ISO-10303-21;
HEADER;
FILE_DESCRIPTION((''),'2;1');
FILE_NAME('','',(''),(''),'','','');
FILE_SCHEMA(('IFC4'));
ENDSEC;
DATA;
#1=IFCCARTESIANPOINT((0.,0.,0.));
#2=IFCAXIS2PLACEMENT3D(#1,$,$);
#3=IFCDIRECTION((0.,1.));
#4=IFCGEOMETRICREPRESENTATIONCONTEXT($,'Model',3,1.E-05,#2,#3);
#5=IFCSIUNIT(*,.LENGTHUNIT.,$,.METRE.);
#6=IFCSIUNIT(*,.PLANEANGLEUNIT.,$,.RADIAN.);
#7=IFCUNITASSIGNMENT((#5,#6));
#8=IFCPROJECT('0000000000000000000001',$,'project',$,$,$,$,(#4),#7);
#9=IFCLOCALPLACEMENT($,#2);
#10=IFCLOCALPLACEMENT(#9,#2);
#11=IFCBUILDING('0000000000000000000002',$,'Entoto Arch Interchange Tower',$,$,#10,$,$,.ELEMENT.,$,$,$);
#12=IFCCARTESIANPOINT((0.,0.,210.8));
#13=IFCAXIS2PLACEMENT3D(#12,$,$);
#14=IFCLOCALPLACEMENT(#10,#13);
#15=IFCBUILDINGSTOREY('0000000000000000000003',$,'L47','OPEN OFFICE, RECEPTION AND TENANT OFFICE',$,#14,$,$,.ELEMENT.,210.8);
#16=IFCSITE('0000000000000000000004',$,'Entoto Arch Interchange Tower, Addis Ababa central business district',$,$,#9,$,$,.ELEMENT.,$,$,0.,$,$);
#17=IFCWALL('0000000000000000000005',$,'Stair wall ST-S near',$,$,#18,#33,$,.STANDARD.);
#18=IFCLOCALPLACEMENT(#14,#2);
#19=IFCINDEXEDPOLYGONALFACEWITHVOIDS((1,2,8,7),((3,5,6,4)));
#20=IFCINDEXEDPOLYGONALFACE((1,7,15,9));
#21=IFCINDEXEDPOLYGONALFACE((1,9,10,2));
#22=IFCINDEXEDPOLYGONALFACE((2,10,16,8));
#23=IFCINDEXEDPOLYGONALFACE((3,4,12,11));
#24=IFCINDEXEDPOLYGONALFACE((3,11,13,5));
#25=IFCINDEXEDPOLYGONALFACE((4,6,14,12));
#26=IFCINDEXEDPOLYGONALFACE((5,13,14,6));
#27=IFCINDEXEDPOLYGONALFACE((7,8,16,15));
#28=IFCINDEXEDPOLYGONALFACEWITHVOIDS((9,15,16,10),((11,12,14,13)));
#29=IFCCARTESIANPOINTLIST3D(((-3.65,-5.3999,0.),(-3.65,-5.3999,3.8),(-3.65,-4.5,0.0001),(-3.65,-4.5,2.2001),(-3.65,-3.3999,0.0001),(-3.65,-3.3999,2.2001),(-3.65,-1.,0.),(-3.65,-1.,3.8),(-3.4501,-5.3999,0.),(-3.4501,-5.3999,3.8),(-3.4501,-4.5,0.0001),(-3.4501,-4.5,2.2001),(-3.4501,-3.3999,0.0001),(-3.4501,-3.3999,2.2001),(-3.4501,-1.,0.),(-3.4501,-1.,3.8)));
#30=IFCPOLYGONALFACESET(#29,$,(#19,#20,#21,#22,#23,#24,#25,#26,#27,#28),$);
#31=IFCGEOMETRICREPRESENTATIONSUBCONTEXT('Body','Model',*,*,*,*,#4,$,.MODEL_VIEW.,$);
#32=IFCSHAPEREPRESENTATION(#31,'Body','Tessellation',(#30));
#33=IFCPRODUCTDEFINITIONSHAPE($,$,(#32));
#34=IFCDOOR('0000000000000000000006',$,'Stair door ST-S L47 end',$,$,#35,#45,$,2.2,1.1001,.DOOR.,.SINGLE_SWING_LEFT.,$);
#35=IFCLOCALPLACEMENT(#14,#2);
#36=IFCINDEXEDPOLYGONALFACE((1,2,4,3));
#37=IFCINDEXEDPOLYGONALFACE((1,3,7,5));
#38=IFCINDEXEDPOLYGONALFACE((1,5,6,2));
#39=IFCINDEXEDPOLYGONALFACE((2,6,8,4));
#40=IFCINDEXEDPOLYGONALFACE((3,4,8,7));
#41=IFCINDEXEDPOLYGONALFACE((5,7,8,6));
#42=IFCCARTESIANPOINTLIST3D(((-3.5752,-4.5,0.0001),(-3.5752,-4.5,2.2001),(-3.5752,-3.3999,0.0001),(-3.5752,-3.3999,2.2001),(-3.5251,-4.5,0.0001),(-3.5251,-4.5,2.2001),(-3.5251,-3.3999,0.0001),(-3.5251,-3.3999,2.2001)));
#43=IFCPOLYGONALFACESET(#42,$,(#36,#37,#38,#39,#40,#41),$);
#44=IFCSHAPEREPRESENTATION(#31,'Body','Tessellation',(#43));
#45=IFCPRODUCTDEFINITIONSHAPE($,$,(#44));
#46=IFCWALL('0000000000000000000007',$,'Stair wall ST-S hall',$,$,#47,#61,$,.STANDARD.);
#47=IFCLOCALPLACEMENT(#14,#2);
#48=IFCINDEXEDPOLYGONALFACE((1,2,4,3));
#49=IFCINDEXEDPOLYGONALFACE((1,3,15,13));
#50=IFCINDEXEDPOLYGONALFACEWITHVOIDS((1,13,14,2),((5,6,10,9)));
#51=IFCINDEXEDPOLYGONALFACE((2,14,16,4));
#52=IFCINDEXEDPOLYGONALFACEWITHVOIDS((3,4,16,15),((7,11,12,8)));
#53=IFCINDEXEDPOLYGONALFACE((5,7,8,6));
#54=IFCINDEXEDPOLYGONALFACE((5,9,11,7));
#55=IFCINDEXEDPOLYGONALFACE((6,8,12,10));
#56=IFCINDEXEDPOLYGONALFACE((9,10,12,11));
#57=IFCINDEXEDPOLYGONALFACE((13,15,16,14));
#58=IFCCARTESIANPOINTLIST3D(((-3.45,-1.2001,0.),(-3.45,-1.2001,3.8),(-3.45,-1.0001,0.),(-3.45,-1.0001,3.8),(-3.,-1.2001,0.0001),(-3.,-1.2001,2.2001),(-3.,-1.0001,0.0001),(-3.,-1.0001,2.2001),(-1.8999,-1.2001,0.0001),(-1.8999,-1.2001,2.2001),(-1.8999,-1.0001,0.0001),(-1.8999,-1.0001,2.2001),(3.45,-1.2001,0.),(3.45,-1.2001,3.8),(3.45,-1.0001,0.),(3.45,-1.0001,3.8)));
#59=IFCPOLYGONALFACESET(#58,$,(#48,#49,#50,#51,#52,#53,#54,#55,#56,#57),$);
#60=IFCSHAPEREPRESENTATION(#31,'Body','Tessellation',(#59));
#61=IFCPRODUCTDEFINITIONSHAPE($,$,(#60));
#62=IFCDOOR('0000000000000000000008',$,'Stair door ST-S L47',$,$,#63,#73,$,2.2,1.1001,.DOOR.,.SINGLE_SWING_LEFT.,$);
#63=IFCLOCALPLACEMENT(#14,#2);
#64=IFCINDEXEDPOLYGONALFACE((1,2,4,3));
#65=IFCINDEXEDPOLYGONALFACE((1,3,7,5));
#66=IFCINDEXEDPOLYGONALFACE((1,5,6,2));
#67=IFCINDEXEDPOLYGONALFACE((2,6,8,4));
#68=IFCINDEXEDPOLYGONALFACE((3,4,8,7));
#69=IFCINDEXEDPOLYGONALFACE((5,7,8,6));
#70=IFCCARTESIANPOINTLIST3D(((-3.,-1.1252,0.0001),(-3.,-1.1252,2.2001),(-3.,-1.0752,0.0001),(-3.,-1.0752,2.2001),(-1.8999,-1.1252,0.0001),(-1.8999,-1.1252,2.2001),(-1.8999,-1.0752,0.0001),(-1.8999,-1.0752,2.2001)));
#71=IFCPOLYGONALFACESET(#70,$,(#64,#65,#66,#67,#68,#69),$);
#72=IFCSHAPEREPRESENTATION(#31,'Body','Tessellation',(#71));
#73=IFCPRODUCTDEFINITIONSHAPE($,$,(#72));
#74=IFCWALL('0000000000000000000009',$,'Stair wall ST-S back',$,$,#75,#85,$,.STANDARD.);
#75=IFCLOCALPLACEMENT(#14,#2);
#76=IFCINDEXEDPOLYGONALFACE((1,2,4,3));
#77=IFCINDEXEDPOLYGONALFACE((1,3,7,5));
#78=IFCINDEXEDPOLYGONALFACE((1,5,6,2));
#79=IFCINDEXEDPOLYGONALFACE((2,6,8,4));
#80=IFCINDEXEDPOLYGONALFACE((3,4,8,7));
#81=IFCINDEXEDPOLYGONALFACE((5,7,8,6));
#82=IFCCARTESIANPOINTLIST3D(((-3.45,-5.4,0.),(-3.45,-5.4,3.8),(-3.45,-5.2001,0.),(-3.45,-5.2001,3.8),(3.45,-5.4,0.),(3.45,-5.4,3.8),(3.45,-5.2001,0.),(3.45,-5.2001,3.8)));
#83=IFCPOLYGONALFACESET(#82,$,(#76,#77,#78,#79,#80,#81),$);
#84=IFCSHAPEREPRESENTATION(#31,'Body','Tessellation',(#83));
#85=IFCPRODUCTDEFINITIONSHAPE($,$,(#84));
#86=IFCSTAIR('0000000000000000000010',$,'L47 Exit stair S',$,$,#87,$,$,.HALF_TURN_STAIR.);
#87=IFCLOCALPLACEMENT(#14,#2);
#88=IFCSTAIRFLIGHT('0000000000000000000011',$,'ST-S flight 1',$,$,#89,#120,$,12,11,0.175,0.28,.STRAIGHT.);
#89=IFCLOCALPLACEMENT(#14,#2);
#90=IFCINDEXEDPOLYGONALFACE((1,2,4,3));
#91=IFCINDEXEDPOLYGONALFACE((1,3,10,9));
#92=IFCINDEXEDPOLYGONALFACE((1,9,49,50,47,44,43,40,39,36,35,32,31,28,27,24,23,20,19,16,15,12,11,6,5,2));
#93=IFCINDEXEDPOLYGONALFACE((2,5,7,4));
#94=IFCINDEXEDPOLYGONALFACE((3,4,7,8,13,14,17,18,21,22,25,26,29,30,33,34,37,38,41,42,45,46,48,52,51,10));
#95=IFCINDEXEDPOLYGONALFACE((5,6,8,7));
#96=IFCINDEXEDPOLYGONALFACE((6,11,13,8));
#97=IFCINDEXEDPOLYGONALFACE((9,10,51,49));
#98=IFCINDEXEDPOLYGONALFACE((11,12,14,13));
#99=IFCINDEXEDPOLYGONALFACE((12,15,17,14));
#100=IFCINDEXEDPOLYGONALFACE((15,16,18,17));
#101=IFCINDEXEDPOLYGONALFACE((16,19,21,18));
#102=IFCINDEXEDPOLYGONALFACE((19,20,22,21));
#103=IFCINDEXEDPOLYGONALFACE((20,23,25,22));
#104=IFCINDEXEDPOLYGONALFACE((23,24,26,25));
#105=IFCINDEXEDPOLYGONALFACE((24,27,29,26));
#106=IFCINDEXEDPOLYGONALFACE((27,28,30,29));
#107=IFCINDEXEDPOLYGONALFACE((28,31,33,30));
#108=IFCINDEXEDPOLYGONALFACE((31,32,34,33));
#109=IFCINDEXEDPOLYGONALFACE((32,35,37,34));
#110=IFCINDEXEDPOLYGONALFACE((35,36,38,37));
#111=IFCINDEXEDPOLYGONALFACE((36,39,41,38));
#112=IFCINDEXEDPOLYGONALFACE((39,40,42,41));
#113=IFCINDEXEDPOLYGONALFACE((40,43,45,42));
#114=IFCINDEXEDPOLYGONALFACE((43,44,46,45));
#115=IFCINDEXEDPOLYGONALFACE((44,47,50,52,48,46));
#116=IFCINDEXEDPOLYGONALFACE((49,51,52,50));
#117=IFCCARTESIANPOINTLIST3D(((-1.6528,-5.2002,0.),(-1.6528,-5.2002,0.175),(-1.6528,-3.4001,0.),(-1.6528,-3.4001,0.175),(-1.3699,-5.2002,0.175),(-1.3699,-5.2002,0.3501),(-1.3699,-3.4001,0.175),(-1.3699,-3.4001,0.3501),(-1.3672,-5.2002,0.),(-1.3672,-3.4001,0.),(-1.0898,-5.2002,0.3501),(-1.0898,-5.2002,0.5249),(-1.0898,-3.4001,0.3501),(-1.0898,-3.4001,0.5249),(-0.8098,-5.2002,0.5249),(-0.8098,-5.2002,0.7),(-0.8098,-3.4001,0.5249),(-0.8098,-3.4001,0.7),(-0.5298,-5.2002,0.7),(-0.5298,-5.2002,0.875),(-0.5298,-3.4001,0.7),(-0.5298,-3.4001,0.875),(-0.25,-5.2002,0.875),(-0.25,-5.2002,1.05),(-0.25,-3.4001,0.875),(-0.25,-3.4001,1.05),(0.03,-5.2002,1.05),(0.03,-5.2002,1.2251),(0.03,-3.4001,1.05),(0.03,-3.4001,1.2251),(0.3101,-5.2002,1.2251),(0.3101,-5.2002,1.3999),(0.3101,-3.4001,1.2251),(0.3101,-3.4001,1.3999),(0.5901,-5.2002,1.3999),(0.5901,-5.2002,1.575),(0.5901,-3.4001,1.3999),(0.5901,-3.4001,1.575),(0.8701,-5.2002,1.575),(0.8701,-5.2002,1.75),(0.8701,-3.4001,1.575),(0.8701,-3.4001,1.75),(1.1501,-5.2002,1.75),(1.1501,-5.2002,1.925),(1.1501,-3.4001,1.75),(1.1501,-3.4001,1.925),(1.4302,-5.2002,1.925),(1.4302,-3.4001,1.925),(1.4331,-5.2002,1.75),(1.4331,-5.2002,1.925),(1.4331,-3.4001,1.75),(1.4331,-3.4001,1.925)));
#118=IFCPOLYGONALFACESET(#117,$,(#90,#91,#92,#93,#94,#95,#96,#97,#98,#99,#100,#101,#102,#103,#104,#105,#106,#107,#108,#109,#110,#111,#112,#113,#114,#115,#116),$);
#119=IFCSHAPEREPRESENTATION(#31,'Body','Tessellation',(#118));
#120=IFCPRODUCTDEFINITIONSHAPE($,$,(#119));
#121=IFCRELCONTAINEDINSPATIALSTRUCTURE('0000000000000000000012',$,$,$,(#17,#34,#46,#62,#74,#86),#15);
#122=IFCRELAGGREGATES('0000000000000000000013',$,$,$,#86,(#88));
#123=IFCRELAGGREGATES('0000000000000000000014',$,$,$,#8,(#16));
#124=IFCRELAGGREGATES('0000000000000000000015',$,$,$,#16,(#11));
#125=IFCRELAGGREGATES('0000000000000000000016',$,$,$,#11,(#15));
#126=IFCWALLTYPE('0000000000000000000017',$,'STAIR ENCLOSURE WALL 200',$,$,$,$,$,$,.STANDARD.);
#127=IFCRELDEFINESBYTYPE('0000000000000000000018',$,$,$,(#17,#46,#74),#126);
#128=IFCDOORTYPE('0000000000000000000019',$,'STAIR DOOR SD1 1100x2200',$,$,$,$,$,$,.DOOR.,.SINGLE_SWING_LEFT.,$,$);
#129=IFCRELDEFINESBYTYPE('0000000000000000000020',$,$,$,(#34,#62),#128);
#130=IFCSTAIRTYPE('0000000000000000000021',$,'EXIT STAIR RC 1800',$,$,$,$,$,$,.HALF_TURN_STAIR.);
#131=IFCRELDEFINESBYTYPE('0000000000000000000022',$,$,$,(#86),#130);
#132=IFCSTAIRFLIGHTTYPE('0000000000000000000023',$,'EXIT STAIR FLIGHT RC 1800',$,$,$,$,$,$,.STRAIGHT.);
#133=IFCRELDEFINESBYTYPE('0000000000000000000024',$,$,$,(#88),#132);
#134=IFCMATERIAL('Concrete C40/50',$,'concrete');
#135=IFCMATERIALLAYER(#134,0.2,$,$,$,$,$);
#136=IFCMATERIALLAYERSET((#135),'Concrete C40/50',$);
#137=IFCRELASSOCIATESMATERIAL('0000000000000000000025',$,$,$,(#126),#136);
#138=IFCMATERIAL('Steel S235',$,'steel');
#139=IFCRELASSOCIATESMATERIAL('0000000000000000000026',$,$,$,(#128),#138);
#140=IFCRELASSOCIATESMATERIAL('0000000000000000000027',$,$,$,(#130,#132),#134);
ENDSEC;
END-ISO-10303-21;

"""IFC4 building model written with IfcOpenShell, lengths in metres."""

from ifc_helpers import new_model, si_unit, direction, frame, frame_2d, origin, place, context, subcontext, project, spatial, polyline, rectangle, outline, extrude, material, layer, layer_set, type_object, element, fill, aggregate, save


model = new_model("IFC4")

# Units and contexts
model_context = context("Model", 3, precision=1e-05, world=origin(), true_north=direction((0.0, 1.0)))
body_context = subcontext(model_context, "Body", "Model", "MODEL_VIEW")
ifc_project = project(units=[si_unit("LENGTHUNIT", "METRE"), si_unit("PLANEANGLEUNIT", "RADIAN")], contexts=[model_context])

# Site, building, storey
site_placement = place(None, origin())
site = spatial("IfcSite", under=ifc_project, at=site_placement, Name="Entoto Arch Interchange Tower, Addis Ababa central business district", CompositionType="ELEMENT", RefElevation=0.0)
building_placement = place(site_placement, origin())
building = spatial("IfcBuilding", under=site, at=building_placement, Name="Entoto Arch Interchange Tower", CompositionType="ELEMENT")
storey_placement = place(building_placement, frame((0.0, 0.0, 210.8)))
storey = spatial("IfcBuildingStorey", under=building, at=storey_placement, Name="L47", Description="OPEN OFFICE, RECEPTION AND TENANT OFFICE", CompositionType="ELEMENT", Elevation=210.8)

# Shared definitions
ifc_material_1 = material(Name="Concrete C40/50", Category="concrete")

# Walls, openings, doors
ifc_layer_1 = layer(ifc_material_1, 0.2)
ifc_layer_set_1 = layer_set([ifc_layer_1], Name="Concrete C40/50")
wall_type_1 = type_object("IfcWallType", Name="STAIR ENCLOSURE WALL 200", PredefinedType="STANDARD", material=ifc_layer_set_1)
wall_1_placement = place(storey_placement, frame((-3.55, -1.0, 0.0), z_axis=(0.0, 0.0, 1.0), x_axis=(0.0, -1.0, 0.0)))
wall_1 = element("IfcWall", 1, at=wall_1_placement, inside=storey, type_object=wall_type_1, Name="Stair wall ST-S near", PredefinedType="STANDARD", context=body_context, shape_type="SweptSolid", body=[
    extrude(rectangle(XDim=4.3999, YDim=0.2, at=frame_2d((2.2, 0.0))), origin(), (0.0, 0.0, 1.0), 3.8),
])
opening_1_placement = place(wall_1_placement, frame((2.3999, 0.0, 0.0)))
opening_1 = element("IfcOpeningElement", 2, at=opening_1_placement, cuts=wall_1, PredefinedType="OPENING", context=body_context, shape_type="SweptSolid", body=[
    extrude(rectangle(XDim=1.1001, YDim=2.2, at=frame_2d((0.55, 1.1001))), frame((0.0, 0.1099, 0.0), z_axis=(0.0, -1.0, 0.0), x_axis=(1.0, 0.0, 0.0)), (0.0, 0.0, 1.0), 0.22),
])
ifc_material_2 = material(Name="Steel S235", Category="steel")
door_type_1 = type_object("IfcDoorType", Name="STAIR DOOR SD1 1100x2200", OperationType="SINGLE_SWING_LEFT", PredefinedType="DOOR", material=ifc_material_2)
door_1_placement = place(opening_1_placement, origin())
door_1 = element("IfcDoor", 3, at=door_1_placement, inside=storey, type_object=door_type_1, Name="Stair door ST-S L47 end", OperationType="SINGLE_SWING_LEFT", OverallHeight=2.2, OverallWidth=1.1001, PredefinedType="DOOR", context=body_context, shape_type="SweptSolid", body=[
    extrude(rectangle(XDim=1.1001, YDim=2.2, at=frame_2d((0.55, 1.1001))), frame((0.0, 0.0249, 0.0), z_axis=(0.0, -1.0, 0.0), x_axis=(1.0, 0.0, 0.0)), (0.0, 0.0, 1.0), 0.05),
])
fill(opening_1, door_1)
wall_2_placement = place(storey_placement, frame((-3.45, -1.1001, 0.0), z_axis=(0.0, 0.0, 1.0), x_axis=(1.0, 0.0, 0.0)))
wall_2 = element("IfcWall", 4, at=wall_2_placement, inside=storey, type_object=wall_type_1, Name="Stair wall ST-S hall", PredefinedType="STANDARD", context=body_context, shape_type="SweptSolid", body=[
    extrude(rectangle(XDim=6.8999, YDim=0.2, at=frame_2d((3.45, 0.0))), origin(), (0.0, 0.0, 1.0), 3.8),
])
opening_2_placement = place(wall_2_placement, frame((0.45, 0.0, 0.0)))
opening_2 = element("IfcOpeningElement", 5, at=opening_2_placement, cuts=wall_2, PredefinedType="OPENING", context=body_context, shape_type="SweptSolid", body=[
    extrude(rectangle(XDim=1.1001, YDim=2.2, at=frame_2d((0.55, 1.1001))), frame((0.0, 0.1099, 0.0), z_axis=(0.0, -1.0, 0.0), x_axis=(1.0, 0.0, 0.0)), (0.0, 0.0, 1.0), 0.22),
])
door_2_placement = place(opening_2_placement, origin())
door_2 = element("IfcDoor", 6, at=door_2_placement, inside=storey, type_object=door_type_1, Name="Stair door ST-S L47", OperationType="SINGLE_SWING_LEFT", OverallHeight=2.2, OverallWidth=1.1001, PredefinedType="DOOR", context=body_context, shape_type="SweptSolid", body=[
    extrude(rectangle(XDim=1.1001, YDim=2.2, at=frame_2d((0.55, 1.1001))), frame((0.0, 0.0249, 0.0), z_axis=(0.0, -1.0, 0.0), x_axis=(1.0, 0.0, 0.0)), (0.0, 0.0, 1.0), 0.05),
])
fill(opening_2, door_2)

# Wall
wall_3_placement = place(storey_placement, frame((-3.45, -5.3, 0.0), z_axis=(0.0, 0.0, 1.0), x_axis=(1.0, 0.0, 0.0)))
element("IfcWall", 7, at=wall_3_placement, inside=storey, type_object=wall_type_1, Name="Stair wall ST-S back", PredefinedType="STANDARD", context=body_context, shape_type="SweptSolid", body=[
    extrude(rectangle(XDim=6.8999, YDim=0.2, at=frame_2d((3.45, 0.0))), origin(), (0.0, 0.0, 1.0), 3.8),
])

# Stair, stair flight
stair_type = type_object("IfcStairType", Name="EXIT STAIR RC 1800", PredefinedType="HALF_TURN_STAIR", material=ifc_material_1)
stair_placement = place(storey_placement, origin())
stair = element("IfcStair", 8, at=stair_placement, inside=storey, type_object=stair_type, Name="L47 Exit stair S", PredefinedType="HALF_TURN_STAIR")
stair_flight_type = type_object("IfcStairFlightType", Name="EXIT STAIR FLIGHT RC 1800", PredefinedType="STRAIGHT", material=ifc_material_1)
stair_flight_placement = place(storey_placement, frame((-1.6499, -4.3, 0.0), z_axis=(0.0, 0.0, 1.0), x_axis=(1.0, 0.0, 0.0)))
stair_flight = element("IfcStairFlight", 9, at=stair_flight_placement, type_object=stair_flight_type, Name="ST-S flight 1", NumberOfRisers=12, NumberOfTreads=11, PredefinedType="STRAIGHT", RiserHeight=0.175, TreadLength=0.28, context=body_context, shape_type="SweptSolid", body=[
    extrude(outline(polyline([(-0.0029, 0.0), (-0.0029, 0.175), (0.28, 0.175), (0.28, 0.3501), (0.5601, 0.3501), (0.5601, 0.5249), (0.8401, 0.5249), (0.8401, 0.7), (1.1201, 0.7), (1.1201, 0.875), (1.3999, 0.875), (1.3999, 1.05), (1.6799, 1.05), (1.6799, 1.2251), (1.96, 1.2251), (1.96, 1.3999), (2.24, 1.3999), (2.24, 1.575), (2.52, 1.575), (2.52, 1.75), (2.8, 1.75), (2.8, 1.925), (3.0801, 1.925), (3.083, 1.925), (3.083, 1.75), (0.2827, 0.0), (-0.0029, 0.0)])), frame((0.0, 0.8999, 0.0), z_axis=(0.0, -1.0, 0.0), x_axis=(1.0, 0.0, 0.0)), (0.0, 0.0, 1.0), 1.8),
])
aggregate(stair, [stair_flight])

save(model, "model.ifc")
